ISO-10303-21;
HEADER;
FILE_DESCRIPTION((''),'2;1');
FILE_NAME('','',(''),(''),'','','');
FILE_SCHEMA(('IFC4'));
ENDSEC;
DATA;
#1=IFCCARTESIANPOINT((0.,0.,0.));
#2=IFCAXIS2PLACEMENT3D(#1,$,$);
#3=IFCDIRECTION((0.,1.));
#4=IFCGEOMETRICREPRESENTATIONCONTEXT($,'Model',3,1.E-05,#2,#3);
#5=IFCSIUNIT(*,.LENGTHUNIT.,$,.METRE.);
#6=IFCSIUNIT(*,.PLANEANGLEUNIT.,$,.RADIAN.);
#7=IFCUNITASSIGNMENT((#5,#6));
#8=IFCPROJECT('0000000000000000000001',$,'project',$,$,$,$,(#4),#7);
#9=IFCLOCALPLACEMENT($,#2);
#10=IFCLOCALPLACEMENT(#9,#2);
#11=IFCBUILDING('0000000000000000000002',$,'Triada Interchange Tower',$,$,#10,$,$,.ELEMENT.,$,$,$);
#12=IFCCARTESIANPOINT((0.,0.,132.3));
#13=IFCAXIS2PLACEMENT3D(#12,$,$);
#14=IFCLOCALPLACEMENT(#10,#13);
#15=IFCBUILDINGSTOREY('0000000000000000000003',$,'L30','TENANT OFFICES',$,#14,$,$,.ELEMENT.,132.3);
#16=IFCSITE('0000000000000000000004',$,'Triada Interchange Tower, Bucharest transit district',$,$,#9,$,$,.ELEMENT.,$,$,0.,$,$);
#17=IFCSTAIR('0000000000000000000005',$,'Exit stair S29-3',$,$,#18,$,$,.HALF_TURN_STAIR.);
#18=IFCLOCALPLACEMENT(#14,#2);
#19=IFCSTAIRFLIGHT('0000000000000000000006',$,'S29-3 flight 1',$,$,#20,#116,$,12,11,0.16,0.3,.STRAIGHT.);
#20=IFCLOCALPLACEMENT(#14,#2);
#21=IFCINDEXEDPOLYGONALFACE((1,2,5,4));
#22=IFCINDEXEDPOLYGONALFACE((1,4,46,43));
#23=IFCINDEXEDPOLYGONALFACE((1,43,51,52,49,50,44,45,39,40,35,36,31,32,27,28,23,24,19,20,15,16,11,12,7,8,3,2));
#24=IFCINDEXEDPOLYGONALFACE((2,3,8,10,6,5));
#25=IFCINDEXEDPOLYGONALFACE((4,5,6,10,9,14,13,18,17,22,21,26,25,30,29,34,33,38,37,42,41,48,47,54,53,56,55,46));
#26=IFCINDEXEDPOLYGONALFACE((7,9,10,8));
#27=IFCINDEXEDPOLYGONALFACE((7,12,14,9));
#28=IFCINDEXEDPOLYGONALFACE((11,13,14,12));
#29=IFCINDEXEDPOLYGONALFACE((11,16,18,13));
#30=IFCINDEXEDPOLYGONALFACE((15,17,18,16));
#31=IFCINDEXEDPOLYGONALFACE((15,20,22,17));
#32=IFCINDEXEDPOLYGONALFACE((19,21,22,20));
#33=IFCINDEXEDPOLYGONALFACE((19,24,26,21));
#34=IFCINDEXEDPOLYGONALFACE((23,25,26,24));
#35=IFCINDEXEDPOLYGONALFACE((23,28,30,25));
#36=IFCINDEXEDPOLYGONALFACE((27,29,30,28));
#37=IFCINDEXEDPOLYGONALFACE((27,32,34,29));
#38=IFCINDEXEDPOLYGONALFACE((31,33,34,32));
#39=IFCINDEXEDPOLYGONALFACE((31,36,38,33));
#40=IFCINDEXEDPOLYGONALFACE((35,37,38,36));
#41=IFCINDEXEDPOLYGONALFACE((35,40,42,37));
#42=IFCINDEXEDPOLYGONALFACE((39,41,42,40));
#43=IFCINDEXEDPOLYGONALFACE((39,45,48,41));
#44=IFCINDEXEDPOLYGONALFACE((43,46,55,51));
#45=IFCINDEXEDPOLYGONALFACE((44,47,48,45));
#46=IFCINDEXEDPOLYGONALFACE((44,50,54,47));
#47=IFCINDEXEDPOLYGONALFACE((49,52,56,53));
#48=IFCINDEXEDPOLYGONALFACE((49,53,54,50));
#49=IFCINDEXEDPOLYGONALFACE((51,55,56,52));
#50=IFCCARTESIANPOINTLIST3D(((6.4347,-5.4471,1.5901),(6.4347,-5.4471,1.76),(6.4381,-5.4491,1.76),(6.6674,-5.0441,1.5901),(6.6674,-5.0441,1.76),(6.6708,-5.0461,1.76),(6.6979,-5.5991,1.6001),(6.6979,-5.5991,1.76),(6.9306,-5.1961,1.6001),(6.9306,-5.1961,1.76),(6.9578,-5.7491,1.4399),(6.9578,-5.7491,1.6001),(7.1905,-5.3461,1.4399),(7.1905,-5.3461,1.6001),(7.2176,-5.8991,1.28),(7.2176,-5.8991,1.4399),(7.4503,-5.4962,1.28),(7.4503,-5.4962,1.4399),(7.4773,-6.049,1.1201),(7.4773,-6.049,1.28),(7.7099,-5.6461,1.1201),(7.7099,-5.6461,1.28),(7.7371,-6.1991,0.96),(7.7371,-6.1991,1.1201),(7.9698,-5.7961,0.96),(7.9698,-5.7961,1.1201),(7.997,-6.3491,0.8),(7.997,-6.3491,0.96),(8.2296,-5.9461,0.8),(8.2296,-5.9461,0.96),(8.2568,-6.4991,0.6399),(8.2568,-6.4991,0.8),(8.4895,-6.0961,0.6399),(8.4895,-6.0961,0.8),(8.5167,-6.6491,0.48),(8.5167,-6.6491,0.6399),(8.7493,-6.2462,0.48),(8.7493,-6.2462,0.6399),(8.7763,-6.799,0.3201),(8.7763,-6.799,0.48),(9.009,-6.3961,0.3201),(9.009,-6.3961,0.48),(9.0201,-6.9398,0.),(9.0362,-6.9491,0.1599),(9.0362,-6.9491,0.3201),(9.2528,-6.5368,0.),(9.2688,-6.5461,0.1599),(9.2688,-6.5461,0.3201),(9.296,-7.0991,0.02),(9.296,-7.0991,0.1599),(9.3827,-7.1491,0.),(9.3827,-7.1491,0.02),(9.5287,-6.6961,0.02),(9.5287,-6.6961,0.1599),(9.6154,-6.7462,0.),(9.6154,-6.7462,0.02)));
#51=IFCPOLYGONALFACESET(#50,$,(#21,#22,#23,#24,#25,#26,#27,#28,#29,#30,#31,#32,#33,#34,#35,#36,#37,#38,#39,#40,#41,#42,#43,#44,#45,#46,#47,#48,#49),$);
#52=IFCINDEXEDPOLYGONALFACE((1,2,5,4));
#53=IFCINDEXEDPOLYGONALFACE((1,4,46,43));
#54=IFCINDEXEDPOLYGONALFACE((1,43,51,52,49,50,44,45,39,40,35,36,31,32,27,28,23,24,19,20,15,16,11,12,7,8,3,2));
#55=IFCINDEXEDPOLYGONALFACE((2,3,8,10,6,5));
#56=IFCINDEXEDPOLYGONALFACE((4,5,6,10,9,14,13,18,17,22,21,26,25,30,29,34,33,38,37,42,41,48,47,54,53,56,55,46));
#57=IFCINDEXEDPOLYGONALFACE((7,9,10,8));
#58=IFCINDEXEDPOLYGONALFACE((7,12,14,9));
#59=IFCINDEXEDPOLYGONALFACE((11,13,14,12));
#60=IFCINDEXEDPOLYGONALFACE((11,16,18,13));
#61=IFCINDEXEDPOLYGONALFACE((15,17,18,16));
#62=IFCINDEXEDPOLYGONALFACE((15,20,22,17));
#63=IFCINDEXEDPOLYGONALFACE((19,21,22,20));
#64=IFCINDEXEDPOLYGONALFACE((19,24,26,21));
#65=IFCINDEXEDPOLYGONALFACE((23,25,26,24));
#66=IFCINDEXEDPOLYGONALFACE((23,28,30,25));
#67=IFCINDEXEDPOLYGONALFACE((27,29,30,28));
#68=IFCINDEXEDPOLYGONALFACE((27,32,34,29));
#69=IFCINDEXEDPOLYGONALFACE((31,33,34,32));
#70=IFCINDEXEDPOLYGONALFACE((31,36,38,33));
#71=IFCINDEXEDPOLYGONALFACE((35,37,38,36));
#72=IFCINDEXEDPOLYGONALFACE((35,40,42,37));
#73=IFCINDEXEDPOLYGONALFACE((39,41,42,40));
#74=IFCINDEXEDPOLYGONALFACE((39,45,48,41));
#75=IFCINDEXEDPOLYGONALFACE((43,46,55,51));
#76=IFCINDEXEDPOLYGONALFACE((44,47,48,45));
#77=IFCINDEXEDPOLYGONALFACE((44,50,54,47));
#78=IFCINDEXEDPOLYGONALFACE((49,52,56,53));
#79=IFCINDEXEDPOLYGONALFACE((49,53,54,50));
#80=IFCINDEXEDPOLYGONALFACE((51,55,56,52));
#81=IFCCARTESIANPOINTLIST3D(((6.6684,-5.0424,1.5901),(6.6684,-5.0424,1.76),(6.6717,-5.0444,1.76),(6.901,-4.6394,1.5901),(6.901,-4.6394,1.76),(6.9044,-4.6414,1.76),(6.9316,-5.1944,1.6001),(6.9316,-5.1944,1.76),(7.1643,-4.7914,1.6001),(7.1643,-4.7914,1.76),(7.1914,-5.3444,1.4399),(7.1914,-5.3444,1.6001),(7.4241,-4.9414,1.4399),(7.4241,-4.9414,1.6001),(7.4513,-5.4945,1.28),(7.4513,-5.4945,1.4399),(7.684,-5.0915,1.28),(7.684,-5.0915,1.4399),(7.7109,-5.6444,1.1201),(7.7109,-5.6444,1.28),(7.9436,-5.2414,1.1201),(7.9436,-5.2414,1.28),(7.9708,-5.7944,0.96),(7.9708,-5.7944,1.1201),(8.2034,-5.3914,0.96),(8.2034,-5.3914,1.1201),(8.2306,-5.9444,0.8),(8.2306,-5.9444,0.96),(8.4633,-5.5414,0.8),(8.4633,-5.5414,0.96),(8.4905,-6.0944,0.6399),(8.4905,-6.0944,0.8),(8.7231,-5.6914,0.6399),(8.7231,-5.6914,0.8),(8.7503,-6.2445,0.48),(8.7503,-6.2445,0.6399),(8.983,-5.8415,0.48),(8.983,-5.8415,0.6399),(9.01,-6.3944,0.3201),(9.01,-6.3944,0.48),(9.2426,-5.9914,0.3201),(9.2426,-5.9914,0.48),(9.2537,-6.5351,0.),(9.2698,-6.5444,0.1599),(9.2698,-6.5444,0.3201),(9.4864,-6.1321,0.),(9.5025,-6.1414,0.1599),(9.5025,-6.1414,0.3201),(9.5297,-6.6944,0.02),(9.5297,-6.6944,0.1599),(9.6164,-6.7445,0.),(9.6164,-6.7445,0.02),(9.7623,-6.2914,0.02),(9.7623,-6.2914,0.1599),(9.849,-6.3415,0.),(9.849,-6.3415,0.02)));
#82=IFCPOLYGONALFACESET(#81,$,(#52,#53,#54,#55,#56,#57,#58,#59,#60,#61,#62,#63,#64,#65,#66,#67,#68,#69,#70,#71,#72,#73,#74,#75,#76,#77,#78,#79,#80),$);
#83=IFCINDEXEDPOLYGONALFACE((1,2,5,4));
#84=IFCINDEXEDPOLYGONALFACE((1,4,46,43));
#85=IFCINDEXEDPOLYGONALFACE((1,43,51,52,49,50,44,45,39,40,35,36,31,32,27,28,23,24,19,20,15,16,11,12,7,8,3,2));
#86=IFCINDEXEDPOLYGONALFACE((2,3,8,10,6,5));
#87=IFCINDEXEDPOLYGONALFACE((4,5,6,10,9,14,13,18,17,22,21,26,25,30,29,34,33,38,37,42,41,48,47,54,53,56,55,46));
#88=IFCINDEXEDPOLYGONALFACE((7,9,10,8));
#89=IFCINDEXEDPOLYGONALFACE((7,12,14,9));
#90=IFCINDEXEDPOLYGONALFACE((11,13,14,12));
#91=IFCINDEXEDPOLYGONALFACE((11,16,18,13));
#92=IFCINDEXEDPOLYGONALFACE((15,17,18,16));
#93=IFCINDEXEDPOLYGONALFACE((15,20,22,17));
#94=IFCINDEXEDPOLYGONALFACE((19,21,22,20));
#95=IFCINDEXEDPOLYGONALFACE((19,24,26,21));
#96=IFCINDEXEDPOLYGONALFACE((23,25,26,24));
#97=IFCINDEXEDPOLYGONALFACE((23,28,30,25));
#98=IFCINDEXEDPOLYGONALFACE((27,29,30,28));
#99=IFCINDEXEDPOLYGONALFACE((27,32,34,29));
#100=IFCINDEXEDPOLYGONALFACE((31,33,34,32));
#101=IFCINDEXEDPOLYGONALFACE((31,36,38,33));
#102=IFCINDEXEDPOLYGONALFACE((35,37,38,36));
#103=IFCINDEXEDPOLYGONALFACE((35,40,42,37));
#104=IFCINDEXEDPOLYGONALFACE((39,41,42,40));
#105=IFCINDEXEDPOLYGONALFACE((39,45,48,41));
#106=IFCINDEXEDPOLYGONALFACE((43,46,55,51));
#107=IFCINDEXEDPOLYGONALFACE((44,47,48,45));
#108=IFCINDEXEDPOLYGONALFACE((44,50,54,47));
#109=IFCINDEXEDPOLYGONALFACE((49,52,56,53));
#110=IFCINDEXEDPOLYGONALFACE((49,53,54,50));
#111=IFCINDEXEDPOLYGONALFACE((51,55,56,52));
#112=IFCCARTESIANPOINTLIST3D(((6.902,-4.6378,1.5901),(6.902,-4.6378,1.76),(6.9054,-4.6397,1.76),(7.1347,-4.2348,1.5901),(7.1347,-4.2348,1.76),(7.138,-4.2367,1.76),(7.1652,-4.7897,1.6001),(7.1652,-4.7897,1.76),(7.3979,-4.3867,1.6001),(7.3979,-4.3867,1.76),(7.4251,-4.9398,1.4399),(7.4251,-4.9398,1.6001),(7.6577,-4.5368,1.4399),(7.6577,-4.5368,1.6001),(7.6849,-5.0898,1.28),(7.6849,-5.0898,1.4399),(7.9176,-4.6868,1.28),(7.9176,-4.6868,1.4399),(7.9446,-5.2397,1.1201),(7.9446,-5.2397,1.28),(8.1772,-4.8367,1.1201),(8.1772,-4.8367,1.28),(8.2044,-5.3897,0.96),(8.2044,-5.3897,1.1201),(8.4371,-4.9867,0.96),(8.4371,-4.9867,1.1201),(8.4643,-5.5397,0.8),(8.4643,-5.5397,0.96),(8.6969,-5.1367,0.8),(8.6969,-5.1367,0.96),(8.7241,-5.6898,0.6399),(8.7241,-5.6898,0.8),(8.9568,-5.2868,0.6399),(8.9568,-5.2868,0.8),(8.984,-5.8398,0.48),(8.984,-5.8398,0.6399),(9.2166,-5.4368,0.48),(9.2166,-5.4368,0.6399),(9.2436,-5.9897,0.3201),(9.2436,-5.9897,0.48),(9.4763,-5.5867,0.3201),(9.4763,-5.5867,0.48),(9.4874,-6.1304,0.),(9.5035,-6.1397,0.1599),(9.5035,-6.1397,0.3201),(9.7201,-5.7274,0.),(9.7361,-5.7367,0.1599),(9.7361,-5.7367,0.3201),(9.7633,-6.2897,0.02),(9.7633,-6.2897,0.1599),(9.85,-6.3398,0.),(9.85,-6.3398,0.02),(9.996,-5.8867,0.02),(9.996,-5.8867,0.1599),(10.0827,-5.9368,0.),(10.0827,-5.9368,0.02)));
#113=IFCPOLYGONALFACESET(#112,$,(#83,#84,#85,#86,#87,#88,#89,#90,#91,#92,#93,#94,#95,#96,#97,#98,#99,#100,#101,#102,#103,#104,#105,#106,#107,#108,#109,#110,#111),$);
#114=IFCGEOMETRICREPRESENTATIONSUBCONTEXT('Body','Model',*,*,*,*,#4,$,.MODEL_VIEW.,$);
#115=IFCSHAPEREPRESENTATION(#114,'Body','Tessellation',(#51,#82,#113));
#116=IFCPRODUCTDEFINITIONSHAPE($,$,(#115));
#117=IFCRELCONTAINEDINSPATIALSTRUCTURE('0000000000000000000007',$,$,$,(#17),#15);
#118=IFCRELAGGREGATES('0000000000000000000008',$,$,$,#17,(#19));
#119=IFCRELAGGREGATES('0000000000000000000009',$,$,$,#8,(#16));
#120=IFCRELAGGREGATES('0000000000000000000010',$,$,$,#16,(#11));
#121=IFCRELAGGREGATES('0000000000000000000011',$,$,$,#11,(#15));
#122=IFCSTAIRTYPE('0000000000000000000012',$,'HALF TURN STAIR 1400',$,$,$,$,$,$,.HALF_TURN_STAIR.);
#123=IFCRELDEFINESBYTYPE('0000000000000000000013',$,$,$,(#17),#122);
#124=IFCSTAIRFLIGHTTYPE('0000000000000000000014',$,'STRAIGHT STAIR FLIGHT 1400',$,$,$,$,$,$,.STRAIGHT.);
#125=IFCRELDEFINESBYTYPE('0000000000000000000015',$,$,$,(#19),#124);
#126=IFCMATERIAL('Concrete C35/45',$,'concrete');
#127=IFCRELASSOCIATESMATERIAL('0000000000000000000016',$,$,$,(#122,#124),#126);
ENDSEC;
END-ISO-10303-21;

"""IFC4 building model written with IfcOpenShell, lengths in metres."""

from ifc_helpers import new_model, si_unit, direction, frame, origin, place, context, subcontext, project, spatial, polyline, outline, extrude, material, type_object, element, aggregate, save


model = new_model("IFC4")

# Units and contexts
model_context = context("Model", 3, precision=1e-05, world=origin(), true_north=direction((0.0, 1.0)))
body_context = subcontext(model_context, "Body", "Model", "MODEL_VIEW")
ifc_project = project(units=[si_unit("LENGTHUNIT", "METRE"), si_unit("PLANEANGLEUNIT", "RADIAN")], contexts=[model_context])

# Site, building, storey
site_placement = place(None, origin())
site = spatial("IfcSite", under=ifc_project, at=site_placement, Name="Triada Interchange Tower, Bucharest transit district", CompositionType="ELEMENT", RefElevation=0.0)
building_placement = place(site_placement, origin())
building = spatial("IfcBuilding", under=site, at=building_placement, Name="Triada Interchange Tower", CompositionType="ELEMENT")
storey_placement = place(building_placement, frame((0.0, 0.0, 132.3)))
storey = spatial("IfcBuildingStorey", under=building, at=storey_placement, Name="L30", Description="TENANT OFFICES", CompositionType="ELEMENT", Elevation=132.3)

# Stair, stair flight
ifc_material_1 = material(Name="Concrete C35/45", Category="concrete")
stair_type = type_object("IfcStairType", Name="HALF TURN STAIR 1400", PredefinedType="HALF_TURN_STAIR", material=ifc_material_1)
stair_placement = place(storey_placement, origin())
stair = element("IfcStair", 1, at=stair_placement, inside=storey, type_object=stair_type, Name="Exit stair S29-3", PredefinedType="HALF_TURN_STAIR")
stair_flight_type = type_object("IfcStairFlightType", Name="STRAIGHT STAIR FLIGHT 1400", PredefinedType="STRAIGHT", material=ifc_material_1)
stair_flight_1_placement = place(storey_placement, frame((9.646, -6.4929, 0.0), z_axis=(0.0, 0.0, 1.0), x_axis=(-0.866025, 0.5, 0.0)))
stair_flight_1 = element("IfcStairFlight", 2, at=stair_flight_1_placement, type_object=stair_flight_type, Name="S29-3 flight 1", NumberOfRisers=12, NumberOfTreads=11, PredefinedType="STRAIGHT", RiserHeight=0.16, TreadLength=0.3, context=body_context, shape_type="SweptSolid", body=[
    extrude(outline(polyline([(-0.1001, 0.0), (-0.1001, 0.02), (0.0, 0.02), (0.0, 0.1599), (0.3, 0.1599), (0.3, 0.3201), (0.6001, 0.3201), (0.6001, 0.48), (0.8999, 0.48), (0.8999, 0.6399), (1.2, 0.6399), (1.2, 0.8), (1.5, 0.8), (1.5, 0.96), (1.8, 0.96), (1.8, 1.1201), (2.1001, 1.1201), (2.1001, 1.28), (2.3999, 1.28), (2.3999, 1.4399), (2.7, 1.4399), (2.7, 1.6001), (3.0, 1.6001), (3.0, 1.76), (3.3, 1.76), (3.304, 1.76), (3.304, 1.9199), (3.304, 1.5901), (0.3186, 0.0), (-0.1001, 0.0)])), frame((0.0, 0.7, 0.0), z_axis=(0.0, -1.0, 0.0), x_axis=(1.0, 0.0, 0.0)), (0.0, 0.0, 1.0), 0.4653),
    extrude(outline(polyline([(-0.1001, 0.0), (-0.1001, 0.02), (0.0, 0.02), (0.0, 0.1599), (0.3, 0.1599), (0.3, 0.3201), (0.6001, 0.3201), (0.6001, 0.48), (0.8999, 0.48), (0.8999, 0.6399), (1.2, 0.6399), (1.2, 0.8), (1.5, 0.8), (1.5, 0.96), (1.8, 0.96), (1.8, 1.1201), (2.1001, 1.1201), (2.1001, 1.28), (2.3999, 1.28), (2.3999, 1.4399), (2.7, 1.4399), (2.7, 1.6001), (3.0, 1.6001), (3.0, 1.76), (3.3, 1.76), (3.304, 1.76), (3.304, 1.9199), (3.304, 1.5901), (0.3186, 0.0), (-0.1001, 0.0)])), frame((0.0, 0.2327, 0.0), z_axis=(0.0, -1.0, 0.0), x_axis=(1.0, 0.0, 0.0)), (0.0, 0.0, 1.0), 0.4653),
    extrude(outline(polyline([(-0.1001, 0.0), (-0.1001, 0.02), (0.0, 0.02), (0.0, 0.1599), (0.3, 0.1599), (0.3, 0.3201), (0.6001, 0.3201), (0.6001, 0.48), (0.8999, 0.48), (0.8999, 0.6399), (1.2, 0.6399), (1.2, 0.8), (1.5, 0.8), (1.5, 0.96), (1.8, 0.96), (1.8, 1.1201), (2.1001, 1.1201), (2.1001, 1.28), (2.3999, 1.28), (2.3999, 1.4399), (2.7, 1.4399), (2.7, 1.6001), (3.0, 1.6001), (3.0, 1.76), (3.3, 1.76), (3.304, 1.76), (3.304, 1.9199), (3.304, 1.5901), (0.3186, 0.0), (-0.1001, 0.0)])), frame((0.0, -0.2346, 0.0), z_axis=(0.0, -1.0, 0.0), x_axis=(1.0, 0.0, 0.0)), (0.0, 0.0, 1.0), 0.4653),
])
aggregate(stair, [stair_flight_1])

save(model, "model.ifc")
